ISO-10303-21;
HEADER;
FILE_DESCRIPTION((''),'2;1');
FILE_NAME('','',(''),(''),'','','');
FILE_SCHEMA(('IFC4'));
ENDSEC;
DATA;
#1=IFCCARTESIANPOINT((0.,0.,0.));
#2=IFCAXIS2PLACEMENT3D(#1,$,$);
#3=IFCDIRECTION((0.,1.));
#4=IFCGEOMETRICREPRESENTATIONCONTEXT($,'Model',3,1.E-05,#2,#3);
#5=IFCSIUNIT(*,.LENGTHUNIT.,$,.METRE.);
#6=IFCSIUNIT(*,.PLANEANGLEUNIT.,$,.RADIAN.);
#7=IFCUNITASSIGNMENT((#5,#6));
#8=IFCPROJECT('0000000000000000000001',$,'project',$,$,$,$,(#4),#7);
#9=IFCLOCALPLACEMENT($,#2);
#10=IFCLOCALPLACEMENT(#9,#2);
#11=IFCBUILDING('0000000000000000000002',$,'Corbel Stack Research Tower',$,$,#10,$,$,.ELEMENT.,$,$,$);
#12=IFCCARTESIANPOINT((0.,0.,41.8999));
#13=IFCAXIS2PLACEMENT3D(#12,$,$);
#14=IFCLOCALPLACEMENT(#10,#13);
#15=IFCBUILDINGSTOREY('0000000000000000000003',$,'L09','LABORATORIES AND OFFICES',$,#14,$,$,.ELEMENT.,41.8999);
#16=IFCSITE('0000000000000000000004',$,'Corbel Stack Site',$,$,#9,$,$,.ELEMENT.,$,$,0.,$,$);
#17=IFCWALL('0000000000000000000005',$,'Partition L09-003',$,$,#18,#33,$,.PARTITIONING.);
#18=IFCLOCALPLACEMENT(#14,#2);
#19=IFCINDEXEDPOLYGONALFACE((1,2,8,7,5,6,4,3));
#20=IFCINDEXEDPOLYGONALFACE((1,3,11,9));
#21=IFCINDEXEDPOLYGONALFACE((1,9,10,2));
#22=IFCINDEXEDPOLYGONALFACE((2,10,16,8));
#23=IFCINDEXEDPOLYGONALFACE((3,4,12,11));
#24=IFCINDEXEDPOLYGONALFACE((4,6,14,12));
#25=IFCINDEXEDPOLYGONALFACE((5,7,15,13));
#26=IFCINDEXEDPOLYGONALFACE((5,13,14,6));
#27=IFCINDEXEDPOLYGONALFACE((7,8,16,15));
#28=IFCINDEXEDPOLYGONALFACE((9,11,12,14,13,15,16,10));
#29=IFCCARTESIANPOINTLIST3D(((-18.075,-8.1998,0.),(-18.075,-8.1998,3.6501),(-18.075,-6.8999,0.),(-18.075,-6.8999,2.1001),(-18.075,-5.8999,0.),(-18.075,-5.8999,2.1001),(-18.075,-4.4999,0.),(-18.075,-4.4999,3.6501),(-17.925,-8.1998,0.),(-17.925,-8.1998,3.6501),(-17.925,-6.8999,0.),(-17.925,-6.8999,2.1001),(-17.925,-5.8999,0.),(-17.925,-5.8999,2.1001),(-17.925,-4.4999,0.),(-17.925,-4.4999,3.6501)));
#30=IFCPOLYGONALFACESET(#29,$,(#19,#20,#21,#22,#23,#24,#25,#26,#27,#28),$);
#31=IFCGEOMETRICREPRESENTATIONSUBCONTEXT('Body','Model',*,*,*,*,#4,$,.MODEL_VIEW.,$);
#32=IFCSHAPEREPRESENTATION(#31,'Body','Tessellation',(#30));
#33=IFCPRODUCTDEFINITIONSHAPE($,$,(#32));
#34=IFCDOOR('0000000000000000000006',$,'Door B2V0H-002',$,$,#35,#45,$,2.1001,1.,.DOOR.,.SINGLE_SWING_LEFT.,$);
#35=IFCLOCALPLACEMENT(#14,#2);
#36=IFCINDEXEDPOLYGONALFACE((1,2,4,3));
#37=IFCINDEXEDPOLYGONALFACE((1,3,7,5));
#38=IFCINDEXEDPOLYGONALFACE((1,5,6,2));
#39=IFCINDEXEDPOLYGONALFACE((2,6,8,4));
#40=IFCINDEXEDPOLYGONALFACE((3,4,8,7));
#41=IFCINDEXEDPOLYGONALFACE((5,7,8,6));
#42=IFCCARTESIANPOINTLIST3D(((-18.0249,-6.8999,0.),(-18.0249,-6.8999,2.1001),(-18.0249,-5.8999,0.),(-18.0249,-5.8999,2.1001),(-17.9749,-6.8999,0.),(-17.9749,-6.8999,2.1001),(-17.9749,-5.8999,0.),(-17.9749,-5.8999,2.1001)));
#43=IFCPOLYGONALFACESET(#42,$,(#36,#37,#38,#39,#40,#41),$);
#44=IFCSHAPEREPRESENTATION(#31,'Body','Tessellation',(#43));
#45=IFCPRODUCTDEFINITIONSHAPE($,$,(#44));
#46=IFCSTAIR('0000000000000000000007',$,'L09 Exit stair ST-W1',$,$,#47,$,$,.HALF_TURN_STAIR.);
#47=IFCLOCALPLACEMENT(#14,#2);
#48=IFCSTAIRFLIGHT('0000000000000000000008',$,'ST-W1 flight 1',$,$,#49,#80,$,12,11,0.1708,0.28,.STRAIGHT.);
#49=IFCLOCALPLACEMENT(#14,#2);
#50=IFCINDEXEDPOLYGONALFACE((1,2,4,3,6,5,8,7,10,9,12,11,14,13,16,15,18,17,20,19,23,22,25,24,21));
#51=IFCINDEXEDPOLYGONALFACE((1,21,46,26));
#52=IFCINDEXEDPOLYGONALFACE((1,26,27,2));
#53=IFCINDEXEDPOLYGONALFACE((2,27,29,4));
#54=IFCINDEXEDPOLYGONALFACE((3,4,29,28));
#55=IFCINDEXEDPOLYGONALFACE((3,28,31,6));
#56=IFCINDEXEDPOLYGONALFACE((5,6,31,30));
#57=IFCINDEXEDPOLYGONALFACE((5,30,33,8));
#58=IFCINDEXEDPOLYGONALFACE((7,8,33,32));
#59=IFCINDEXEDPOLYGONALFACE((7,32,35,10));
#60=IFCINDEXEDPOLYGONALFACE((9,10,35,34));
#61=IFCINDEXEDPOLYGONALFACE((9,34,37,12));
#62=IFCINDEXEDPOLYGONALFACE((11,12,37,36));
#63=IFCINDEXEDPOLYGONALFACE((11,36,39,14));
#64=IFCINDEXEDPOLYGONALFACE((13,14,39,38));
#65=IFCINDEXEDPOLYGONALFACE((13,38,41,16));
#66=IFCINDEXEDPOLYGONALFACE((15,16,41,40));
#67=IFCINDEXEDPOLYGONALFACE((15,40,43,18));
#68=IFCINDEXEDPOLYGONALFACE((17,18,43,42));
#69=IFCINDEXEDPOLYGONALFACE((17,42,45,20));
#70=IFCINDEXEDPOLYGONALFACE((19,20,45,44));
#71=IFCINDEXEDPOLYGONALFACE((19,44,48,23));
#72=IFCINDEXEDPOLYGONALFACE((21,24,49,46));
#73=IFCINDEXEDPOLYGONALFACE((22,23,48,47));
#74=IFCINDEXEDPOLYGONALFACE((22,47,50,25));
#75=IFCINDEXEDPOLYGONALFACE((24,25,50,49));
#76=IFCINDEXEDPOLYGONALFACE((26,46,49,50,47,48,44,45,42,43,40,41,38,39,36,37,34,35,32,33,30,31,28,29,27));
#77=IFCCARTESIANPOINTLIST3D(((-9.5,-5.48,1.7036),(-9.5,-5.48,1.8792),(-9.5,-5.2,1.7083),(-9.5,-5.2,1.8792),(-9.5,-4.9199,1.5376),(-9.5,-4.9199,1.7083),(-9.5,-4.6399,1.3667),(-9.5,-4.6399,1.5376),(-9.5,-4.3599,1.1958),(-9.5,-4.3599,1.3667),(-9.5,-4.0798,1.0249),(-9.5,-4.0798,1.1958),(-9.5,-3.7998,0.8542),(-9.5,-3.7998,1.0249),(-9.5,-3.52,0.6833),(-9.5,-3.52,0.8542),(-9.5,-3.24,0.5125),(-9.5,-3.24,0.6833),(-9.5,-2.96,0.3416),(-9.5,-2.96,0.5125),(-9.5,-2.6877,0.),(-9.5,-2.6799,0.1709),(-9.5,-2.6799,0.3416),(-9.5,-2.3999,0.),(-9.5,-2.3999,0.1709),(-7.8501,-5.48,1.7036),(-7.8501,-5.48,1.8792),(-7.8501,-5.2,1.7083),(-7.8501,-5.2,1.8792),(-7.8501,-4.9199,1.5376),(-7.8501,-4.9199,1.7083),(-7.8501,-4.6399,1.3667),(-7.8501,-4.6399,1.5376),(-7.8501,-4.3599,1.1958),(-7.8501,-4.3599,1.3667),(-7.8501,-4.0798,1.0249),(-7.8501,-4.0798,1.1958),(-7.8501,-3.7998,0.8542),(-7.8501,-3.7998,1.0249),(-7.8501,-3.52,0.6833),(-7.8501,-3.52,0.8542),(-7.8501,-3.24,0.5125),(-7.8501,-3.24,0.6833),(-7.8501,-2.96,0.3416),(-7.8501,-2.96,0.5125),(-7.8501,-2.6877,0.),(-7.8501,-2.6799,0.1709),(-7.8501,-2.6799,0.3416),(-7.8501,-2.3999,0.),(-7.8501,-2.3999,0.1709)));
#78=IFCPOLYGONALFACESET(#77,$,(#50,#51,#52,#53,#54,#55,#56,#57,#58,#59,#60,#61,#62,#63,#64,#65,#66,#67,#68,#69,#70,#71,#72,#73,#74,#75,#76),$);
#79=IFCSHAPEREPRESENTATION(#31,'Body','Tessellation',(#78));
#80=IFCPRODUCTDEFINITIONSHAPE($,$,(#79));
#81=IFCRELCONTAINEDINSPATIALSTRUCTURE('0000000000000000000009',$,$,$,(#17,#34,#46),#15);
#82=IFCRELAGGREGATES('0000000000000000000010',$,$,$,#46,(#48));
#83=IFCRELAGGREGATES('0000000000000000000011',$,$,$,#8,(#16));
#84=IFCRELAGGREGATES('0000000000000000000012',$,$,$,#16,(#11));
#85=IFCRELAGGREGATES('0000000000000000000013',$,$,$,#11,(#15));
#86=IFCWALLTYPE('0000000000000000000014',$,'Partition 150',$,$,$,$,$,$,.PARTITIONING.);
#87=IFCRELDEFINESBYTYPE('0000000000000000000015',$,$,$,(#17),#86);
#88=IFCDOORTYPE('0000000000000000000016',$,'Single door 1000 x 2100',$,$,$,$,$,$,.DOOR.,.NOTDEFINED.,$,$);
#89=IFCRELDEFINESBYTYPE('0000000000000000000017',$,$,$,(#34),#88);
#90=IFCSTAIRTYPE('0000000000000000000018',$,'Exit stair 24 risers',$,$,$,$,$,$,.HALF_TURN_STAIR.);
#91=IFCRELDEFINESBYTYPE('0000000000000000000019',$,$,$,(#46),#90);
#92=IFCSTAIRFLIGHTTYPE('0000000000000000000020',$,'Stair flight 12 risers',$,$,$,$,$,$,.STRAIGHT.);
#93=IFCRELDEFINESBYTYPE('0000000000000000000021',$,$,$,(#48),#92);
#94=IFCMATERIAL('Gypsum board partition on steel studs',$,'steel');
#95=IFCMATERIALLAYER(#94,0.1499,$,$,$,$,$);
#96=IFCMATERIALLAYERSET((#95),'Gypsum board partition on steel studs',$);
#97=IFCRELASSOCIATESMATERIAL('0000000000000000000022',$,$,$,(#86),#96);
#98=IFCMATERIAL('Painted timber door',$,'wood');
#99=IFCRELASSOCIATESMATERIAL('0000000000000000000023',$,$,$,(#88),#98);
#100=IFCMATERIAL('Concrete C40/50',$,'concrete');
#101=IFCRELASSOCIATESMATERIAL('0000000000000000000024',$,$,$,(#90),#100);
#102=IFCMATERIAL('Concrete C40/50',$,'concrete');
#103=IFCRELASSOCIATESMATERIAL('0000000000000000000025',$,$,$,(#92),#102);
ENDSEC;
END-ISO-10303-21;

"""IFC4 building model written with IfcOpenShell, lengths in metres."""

from ifc_helpers import new_model, si_unit, direction, frame, frame_2d, origin, place, context, subcontext, project, spatial, polyline, rectangle, outline, extrude, material, layer, layer_set, type_object, element, fill, aggregate, save


model = new_model("IFC4")

# Units and contexts
model_context = context("Model", 3, precision=1e-05, world=origin(), true_north=direction((0.0, 1.0)))
body_context = subcontext(model_context, "Body", "Model", "MODEL_VIEW")
ifc_project = project(units=[si_unit("LENGTHUNIT", "METRE"), si_unit("PLANEANGLEUNIT", "RADIAN")], contexts=[model_context])

# Site, building, storey
site_placement = place(None, origin())
site = spatial("IfcSite", under=ifc_project, at=site_placement, Name="Corbel Stack Site", CompositionType="ELEMENT", RefElevation=0.0)
building_placement = place(site_placement, origin())
building = spatial("IfcBuilding", under=site, at=building_placement, Name="Corbel Stack Research Tower", CompositionType="ELEMENT")
storey_placement = place(building_placement, frame((0.0, 0.0, 41.8999)))
storey = spatial("IfcBuildingStorey", under=building, at=storey_placement, Name="L09", Description="LABORATORIES AND OFFICES", CompositionType="ELEMENT", Elevation=41.8999)

# Shared definitions
ifc_material_1 = material(Name="Gypsum board partition on steel studs", Category="steel")
ifc_layer_1 = layer(ifc_material_1, 0.1499)
ifc_layer_set_1 = layer_set([ifc_layer_1], Name="Gypsum board partition on steel studs")
wall_type_1 = type_object("IfcWallType", Name="Partition 150", PredefinedType="PARTITIONING", material=ifc_layer_set_1)

# Wall, opening, door
wall_1_placement = place(storey_placement, frame((-18.0, -8.2, 0.0), z_axis=(0.0, 0.0, 1.0), x_axis=(0.0, 1.0, 0.0)))
wall_1 = element("IfcWall", 1, at=wall_1_placement, inside=storey, type_object=wall_type_1, Name="Partition L09-003", PredefinedType="PARTITIONING", context=body_context, shape_type="SweptSolid", body=[
    extrude(rectangle(XDim=3.7, YDim=0.1499, at=frame_2d((1.8501, 0.0))), origin(), (0.0, 0.0, 1.0), 3.6501),
])
opening_1_placement = place(wall_1_placement, frame((1.3, 0.0, 0.0)))
opening_1 = element("IfcOpeningElement", 2, at=opening_1_placement, cuts=wall_1, PredefinedType="OPENING", context=body_context, shape_type="SweptSolid", body=[
    extrude(rectangle(XDim=1.0, YDim=2.1001, at=frame_2d((0.5, 1.05))), frame((0.0, 0.085, 0.0), z_axis=(0.0, -1.0, 0.0), x_axis=(1.0, 0.0, 0.0)), (0.0, 0.0, 1.0), 0.1699),
])
ifc_material_2 = material(Name="Painted timber door", Category="wood")
door_type_1 = type_object("IfcDoorType", Name="Single door 1000 x 2100", OperationType="NOTDEFINED", PredefinedType="DOOR", material=ifc_material_2)
door_1_placement = place(opening_1_placement, origin())
door_1 = element("IfcDoor", 3, at=door_1_placement, inside=storey, type_object=door_type_1, Name="Door B2V0H-002", OperationType="SINGLE_SWING_LEFT", OverallHeight=2.1001, OverallWidth=1.0, PredefinedType="DOOR", context=body_context, shape_type="SweptSolid", body=[
    extrude(rectangle(XDim=1.0, YDim=2.1001, at=frame_2d((0.5, 1.05))), frame((0.0, 0.0249, 0.0), z_axis=(0.0, -1.0, 0.0), x_axis=(1.0, 0.0, 0.0)), (0.0, 0.0, 1.0), 0.05),
])
fill(opening_1, door_1)

# Stair, stair flight
ifc_material_3 = material(Name="Concrete C40/50", Category="concrete")
stair_type = type_object("IfcStairType", Name="Exit stair 24 risers", PredefinedType="HALF_TURN_STAIR", material=ifc_material_3)
stair_placement = place(storey_placement, origin())
stair = element("IfcStair", 4, at=stair_placement, inside=storey, type_object=stair_type, Name="L09 Exit stair ST-W1", PredefinedType="HALF_TURN_STAIR")
ifc_material_4 = material(Name="Concrete C40/50", Category="concrete")
stair_flight_type = type_object("IfcStairFlightType", Name="Stair flight 12 risers", PredefinedType="STRAIGHT", material=ifc_material_4)
stair_flight_placement = place(storey_placement, frame((-8.675, -2.3999, 0.0), z_axis=(0.0, 0.0, 1.0), x_axis=(0.0, -1.0, 0.0)))
stair_flight = element("IfcStairFlight", 5, at=stair_flight_placement, type_object=stair_flight_type, Name="ST-W1 flight 1", NumberOfRisers=12, NumberOfTreads=11, PredefinedType="STRAIGHT", RiserHeight=0.1708, TreadLength=0.28, context=body_context, shape_type="SweptSolid", body=[
    extrude(outline(polyline([(0.0, 0.0), (0.0, 0.1709), (0.28, 0.1709), (0.28, 0.3416), (0.5601, 0.3416), (0.5601, 0.5125), (0.8401, 0.5125), (0.8401, 0.6833), (1.1201, 0.6833), (1.1201, 0.8542), (1.3999, 0.8542), (1.3999, 1.0249), (1.6799, 1.0249), (1.6799, 1.1958), (1.96, 1.1958), (1.96, 1.3667), (2.24, 1.3667), (2.24, 1.5376), (2.52, 1.5376), (2.52, 1.7083), (2.8, 1.7083), (2.8, 1.8792), (3.0801, 1.8792), (3.0801, 2.05), (3.0801, 1.7036), (0.2878, 0.0), (0.0, 0.0)])), frame((0.0, 0.825, 0.0), z_axis=(0.0, -1.0, 0.0), x_axis=(1.0, 0.0, 0.0)), (0.0, 0.0, 1.0), 1.6499),
])
aggregate(stair, [stair_flight])

save(model, "model.ifc")
